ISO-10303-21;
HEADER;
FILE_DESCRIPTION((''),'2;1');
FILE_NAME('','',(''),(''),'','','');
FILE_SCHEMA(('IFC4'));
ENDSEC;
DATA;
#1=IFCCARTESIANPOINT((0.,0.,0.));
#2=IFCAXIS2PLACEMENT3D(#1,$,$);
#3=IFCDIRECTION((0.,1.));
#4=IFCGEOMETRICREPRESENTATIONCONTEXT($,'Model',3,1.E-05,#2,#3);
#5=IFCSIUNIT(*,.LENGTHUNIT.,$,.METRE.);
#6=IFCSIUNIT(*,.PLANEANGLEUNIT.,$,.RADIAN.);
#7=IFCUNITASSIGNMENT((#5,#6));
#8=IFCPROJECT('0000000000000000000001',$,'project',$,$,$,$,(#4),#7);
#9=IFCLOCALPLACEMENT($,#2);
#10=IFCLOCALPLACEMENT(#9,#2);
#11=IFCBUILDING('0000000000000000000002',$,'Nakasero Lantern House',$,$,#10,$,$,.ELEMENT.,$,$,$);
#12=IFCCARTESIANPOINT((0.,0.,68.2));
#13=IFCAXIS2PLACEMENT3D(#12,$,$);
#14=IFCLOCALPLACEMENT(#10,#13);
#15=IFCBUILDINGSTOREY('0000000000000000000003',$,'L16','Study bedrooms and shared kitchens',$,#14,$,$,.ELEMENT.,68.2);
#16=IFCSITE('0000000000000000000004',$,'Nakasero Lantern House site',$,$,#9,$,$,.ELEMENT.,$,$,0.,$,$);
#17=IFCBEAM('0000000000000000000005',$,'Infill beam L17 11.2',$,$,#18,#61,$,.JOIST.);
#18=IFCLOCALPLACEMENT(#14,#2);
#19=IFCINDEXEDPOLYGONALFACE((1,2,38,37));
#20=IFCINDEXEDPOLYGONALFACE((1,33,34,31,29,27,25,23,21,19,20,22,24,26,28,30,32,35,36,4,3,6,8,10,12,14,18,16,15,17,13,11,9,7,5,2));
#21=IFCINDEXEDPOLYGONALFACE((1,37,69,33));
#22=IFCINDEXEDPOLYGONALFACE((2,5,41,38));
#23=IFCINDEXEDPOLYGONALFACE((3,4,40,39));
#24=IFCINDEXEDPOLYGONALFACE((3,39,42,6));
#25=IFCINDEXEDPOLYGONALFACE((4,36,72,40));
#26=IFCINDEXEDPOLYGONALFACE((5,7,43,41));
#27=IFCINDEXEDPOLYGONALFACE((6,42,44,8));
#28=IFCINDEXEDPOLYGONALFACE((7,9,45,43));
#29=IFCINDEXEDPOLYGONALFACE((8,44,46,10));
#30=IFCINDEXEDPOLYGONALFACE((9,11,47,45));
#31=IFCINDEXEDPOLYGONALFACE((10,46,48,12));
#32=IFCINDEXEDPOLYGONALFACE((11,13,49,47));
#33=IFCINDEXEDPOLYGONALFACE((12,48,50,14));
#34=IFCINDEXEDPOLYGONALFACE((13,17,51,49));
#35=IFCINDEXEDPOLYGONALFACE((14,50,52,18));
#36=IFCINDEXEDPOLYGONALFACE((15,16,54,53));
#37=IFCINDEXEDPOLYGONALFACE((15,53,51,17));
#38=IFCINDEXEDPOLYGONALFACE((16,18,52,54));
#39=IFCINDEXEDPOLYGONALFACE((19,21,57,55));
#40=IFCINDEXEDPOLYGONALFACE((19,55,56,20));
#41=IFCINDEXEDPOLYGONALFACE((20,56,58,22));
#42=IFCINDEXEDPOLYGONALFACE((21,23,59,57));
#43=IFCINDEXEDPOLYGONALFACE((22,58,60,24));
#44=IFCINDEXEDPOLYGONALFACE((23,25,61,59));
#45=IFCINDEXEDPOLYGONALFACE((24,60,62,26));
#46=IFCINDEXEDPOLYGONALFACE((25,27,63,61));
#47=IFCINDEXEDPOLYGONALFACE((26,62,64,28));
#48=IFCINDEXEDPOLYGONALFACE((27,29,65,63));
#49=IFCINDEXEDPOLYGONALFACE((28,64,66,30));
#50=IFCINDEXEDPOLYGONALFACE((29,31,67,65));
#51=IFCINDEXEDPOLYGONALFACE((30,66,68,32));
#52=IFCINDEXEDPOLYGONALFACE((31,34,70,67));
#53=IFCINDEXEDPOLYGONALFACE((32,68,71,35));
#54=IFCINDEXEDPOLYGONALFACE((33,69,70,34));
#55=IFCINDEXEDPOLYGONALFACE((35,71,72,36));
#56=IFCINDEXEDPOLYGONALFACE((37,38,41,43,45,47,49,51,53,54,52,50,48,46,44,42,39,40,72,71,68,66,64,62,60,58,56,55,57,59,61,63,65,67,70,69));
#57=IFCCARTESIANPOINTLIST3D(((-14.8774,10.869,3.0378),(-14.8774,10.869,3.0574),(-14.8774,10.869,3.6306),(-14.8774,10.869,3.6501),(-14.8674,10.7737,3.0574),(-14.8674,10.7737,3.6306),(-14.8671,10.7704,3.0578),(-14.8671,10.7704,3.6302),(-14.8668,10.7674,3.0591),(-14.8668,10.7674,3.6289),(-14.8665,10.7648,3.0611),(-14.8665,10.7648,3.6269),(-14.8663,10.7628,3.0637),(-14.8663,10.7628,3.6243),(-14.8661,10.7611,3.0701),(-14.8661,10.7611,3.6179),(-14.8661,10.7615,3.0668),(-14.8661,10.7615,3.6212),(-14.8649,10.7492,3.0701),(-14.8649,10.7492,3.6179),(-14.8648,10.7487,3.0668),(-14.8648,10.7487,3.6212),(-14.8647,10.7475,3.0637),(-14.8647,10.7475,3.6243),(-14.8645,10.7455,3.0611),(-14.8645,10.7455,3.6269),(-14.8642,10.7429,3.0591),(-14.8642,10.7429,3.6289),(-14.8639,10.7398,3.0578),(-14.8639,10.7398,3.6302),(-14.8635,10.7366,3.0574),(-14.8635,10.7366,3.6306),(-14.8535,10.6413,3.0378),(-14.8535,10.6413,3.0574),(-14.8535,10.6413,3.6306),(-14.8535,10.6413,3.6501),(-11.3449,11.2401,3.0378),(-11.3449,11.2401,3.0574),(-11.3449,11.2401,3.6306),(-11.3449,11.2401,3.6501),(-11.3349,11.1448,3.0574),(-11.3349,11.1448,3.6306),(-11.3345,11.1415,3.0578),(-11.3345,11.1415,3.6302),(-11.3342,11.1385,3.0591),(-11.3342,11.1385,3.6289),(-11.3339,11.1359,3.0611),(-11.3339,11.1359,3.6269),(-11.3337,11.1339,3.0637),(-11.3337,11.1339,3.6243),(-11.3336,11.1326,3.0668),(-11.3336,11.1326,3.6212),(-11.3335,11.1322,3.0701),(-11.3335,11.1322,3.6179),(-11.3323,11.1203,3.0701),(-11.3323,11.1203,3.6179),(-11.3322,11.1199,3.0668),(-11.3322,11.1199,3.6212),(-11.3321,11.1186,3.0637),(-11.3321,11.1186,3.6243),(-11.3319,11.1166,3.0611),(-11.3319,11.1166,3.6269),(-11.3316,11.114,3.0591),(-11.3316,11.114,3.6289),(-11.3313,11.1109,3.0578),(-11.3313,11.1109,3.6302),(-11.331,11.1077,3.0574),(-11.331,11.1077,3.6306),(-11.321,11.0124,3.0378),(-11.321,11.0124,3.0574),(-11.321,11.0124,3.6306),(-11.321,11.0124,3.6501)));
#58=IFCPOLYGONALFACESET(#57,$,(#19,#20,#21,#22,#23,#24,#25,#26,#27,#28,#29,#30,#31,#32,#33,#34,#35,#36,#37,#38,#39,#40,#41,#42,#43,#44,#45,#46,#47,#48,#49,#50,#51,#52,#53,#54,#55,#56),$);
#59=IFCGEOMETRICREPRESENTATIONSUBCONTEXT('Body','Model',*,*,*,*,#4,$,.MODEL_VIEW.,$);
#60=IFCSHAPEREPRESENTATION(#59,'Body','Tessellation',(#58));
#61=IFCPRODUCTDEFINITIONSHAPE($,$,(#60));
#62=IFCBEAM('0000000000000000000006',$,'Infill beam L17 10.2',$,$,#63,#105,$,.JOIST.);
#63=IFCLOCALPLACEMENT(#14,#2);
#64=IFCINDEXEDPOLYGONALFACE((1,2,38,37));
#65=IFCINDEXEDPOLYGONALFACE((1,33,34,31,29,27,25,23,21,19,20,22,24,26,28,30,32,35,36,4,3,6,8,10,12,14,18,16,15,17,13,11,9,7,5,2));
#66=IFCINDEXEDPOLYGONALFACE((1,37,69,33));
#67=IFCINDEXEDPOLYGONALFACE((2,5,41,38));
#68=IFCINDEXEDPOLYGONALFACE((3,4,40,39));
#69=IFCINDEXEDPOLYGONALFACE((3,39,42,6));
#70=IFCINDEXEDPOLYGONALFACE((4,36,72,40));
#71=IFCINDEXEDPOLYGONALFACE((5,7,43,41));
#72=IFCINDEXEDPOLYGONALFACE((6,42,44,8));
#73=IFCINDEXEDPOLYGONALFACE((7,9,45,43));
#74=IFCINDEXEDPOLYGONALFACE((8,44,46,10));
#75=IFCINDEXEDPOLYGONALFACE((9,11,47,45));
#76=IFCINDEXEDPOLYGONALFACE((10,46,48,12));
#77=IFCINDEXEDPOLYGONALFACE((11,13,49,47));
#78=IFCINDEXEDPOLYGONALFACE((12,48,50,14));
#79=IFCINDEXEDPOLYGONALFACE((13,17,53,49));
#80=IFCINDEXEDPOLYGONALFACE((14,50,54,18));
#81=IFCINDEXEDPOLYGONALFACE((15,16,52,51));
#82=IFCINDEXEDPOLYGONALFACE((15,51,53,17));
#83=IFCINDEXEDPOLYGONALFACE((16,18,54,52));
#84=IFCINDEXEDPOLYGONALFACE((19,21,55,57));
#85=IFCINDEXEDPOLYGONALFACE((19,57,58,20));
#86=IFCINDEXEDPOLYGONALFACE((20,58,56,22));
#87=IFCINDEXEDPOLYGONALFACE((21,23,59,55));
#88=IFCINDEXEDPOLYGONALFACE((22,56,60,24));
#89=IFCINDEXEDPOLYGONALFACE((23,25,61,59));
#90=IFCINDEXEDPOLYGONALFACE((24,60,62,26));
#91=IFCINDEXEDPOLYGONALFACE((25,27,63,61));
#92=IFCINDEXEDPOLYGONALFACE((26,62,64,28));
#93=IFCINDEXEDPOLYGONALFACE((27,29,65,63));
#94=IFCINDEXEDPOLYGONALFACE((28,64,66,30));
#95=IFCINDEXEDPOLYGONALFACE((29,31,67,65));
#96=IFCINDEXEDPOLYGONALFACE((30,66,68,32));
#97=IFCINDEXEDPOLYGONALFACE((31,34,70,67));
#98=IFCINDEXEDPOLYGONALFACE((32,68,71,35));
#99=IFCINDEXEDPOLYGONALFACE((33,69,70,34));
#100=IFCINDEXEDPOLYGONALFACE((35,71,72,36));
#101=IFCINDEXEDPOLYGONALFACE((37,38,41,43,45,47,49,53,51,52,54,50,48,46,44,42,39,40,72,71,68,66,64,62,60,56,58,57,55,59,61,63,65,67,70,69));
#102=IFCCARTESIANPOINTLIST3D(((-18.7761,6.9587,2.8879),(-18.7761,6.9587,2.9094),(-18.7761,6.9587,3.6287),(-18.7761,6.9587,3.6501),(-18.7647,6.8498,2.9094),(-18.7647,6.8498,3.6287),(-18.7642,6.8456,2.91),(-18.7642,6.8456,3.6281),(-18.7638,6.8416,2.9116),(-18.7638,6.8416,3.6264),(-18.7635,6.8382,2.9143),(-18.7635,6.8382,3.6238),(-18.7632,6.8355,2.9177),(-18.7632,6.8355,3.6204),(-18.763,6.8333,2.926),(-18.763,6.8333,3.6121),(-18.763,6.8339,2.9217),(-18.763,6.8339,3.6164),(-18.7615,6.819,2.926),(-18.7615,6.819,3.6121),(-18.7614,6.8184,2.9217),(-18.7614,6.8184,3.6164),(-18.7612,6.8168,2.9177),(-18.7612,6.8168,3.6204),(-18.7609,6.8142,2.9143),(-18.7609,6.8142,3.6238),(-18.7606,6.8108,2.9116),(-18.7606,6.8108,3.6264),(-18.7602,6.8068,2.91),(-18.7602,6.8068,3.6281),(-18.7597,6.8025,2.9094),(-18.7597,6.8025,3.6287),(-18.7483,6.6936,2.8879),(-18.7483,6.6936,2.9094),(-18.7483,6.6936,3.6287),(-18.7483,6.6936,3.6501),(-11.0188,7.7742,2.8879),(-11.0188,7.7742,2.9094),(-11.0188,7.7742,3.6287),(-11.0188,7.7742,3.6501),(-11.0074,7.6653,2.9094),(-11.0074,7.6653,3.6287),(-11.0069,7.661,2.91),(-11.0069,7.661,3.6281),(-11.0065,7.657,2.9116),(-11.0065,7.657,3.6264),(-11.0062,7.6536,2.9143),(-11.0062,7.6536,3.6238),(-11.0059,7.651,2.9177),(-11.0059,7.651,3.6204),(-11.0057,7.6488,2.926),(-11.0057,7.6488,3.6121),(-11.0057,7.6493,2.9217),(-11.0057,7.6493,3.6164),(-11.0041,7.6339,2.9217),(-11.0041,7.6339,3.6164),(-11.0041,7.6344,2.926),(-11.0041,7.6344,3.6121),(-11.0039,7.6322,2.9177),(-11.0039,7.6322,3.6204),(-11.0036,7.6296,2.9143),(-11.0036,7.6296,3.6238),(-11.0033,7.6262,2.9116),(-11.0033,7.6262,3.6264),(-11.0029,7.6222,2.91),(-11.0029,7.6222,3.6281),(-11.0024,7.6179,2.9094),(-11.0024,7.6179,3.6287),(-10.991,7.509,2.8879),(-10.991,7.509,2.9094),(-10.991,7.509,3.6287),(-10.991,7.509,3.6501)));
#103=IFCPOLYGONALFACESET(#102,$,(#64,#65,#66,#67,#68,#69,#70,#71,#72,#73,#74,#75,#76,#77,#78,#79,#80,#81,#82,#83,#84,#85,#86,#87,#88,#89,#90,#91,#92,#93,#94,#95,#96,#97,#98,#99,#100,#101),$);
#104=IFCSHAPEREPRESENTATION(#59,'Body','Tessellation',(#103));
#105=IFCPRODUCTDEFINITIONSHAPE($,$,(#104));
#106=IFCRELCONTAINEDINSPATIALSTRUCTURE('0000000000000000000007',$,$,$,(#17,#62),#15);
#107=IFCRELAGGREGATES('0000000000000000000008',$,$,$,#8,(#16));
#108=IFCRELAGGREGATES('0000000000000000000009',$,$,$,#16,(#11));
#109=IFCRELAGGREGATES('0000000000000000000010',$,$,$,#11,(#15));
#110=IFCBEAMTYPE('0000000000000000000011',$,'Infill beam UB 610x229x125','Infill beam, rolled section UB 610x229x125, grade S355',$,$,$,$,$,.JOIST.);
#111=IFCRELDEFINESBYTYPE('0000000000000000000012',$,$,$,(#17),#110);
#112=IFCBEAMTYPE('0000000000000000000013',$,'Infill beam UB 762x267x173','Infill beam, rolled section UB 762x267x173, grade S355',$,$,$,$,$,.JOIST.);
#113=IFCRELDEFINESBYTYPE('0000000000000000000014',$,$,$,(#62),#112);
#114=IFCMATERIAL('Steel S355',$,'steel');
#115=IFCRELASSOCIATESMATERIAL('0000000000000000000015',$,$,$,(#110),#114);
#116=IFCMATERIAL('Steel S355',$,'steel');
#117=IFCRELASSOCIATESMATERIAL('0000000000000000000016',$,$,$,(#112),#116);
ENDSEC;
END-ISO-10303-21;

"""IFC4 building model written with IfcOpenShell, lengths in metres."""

from ifc_helpers import new_model, si_unit, direction, frame, origin, origin_2d, place, context, subcontext, project, spatial, i_section, extrude, material, material_profile, profile_set, type_object, element, save


model = new_model("IFC4")

# Units and contexts
model_context = context("Model", 3, precision=1e-05, world=origin(), true_north=direction((0.0, 1.0)))
body_context = subcontext(model_context, "Body", "Model", "MODEL_VIEW")
ifc_project = project(units=[si_unit("LENGTHUNIT", "METRE"), si_unit("PLANEANGLEUNIT", "RADIAN")], contexts=[model_context])

# Site, building, storey
site_placement = place(None, origin())
site = spatial("IfcSite", under=ifc_project, at=site_placement, Name="Nakasero Lantern House site", CompositionType="ELEMENT", RefElevation=0.0)
building_placement = place(site_placement, origin())
building = spatial("IfcBuilding", under=site, at=building_placement, Name="Nakasero Lantern House", CompositionType="ELEMENT")
storey_placement = place(building_placement, frame((0.0, 0.0, 68.2)))
storey = spatial("IfcBuildingStorey", under=building, at=storey_placement, Name="L16", Description="Study bedrooms and shared kitchens", CompositionType="ELEMENT", Elevation=68.2)

# Beams
ifc_material_1 = material(Name="Steel S355", Category="steel")
ifc_material_profile_1 = material_profile(ifc_material_1, i_section(OverallWidth=0.229, OverallDepth=0.6123, WebThickness=0.012, FlangeThickness=0.0195, FilletRadius=0.0127, at=origin_2d()), Name="UB 610x229x125")
ifc_profile_set_1 = profile_set([ifc_material_profile_1], Name="Steel S355")
beam_type_1 = type_object("IfcBeamType", Name="Infill beam UB 610x229x125", Description="Infill beam, rolled section UB 610x229x125, grade S355", PredefinedType="JOIST", material=ifc_profile_set_1)
beam_1_placement = place(storey_placement, frame((-14.8655, 10.7551, 3.344), z_axis=(0.994527, 0.104477, 0.0), x_axis=(-0.104477, 0.994527, 0.0)))
element("IfcBeam", 1, at=beam_1_placement, inside=storey, type_object=beam_type_1, Name="Infill beam L17 11.2", PredefinedType="JOIST", context=body_context, shape_type="SweptSolid", body=[
    extrude(i_section(OverallWidth=0.229, OverallDepth=0.6123, WebThickness=0.012, FlangeThickness=0.0195, FilletRadius=0.0127, at=origin_2d()), origin(), (0.0, 0.0, 1.0), 3.552),
])
ifc_material_2 = material(Name="Steel S355", Category="steel")
ifc_material_profile_2 = material_profile(ifc_material_2, i_section(OverallWidth=0.2666, OverallDepth=0.7622, WebThickness=0.0144, FlangeThickness=0.0215, FilletRadius=0.0166, at=origin_2d()), Name="UB 762x267x173")
ifc_profile_set_2 = profile_set([ifc_material_profile_2], Name="Steel S355")
beam_type_2 = type_object("IfcBeamType", Name="Infill beam UB 762x267x173", Description="Infill beam, rolled section UB 762x267x173, grade S355", PredefinedType="JOIST", material=ifc_profile_set_2)
beam_2_placement = place(storey_placement, frame((-18.7622, 6.8262, 3.269), z_axis=(0.994521, 0.104541, 0.0), x_axis=(-0.104541, 0.994521, 0.0)))
element("IfcBeam", 2, at=beam_2_placement, inside=storey, type_object=beam_type_2, Name="Infill beam L17 10.2", PredefinedType="JOIST", context=body_context, shape_type="SweptSolid", body=[
    extrude(i_section(OverallWidth=0.2666, OverallDepth=0.7622, WebThickness=0.0144, FlangeThickness=0.0215, FilletRadius=0.0166, at=origin_2d()), origin(), (0.0, 0.0, 1.0), 7.8),
])

save(model, "model.ifc")
